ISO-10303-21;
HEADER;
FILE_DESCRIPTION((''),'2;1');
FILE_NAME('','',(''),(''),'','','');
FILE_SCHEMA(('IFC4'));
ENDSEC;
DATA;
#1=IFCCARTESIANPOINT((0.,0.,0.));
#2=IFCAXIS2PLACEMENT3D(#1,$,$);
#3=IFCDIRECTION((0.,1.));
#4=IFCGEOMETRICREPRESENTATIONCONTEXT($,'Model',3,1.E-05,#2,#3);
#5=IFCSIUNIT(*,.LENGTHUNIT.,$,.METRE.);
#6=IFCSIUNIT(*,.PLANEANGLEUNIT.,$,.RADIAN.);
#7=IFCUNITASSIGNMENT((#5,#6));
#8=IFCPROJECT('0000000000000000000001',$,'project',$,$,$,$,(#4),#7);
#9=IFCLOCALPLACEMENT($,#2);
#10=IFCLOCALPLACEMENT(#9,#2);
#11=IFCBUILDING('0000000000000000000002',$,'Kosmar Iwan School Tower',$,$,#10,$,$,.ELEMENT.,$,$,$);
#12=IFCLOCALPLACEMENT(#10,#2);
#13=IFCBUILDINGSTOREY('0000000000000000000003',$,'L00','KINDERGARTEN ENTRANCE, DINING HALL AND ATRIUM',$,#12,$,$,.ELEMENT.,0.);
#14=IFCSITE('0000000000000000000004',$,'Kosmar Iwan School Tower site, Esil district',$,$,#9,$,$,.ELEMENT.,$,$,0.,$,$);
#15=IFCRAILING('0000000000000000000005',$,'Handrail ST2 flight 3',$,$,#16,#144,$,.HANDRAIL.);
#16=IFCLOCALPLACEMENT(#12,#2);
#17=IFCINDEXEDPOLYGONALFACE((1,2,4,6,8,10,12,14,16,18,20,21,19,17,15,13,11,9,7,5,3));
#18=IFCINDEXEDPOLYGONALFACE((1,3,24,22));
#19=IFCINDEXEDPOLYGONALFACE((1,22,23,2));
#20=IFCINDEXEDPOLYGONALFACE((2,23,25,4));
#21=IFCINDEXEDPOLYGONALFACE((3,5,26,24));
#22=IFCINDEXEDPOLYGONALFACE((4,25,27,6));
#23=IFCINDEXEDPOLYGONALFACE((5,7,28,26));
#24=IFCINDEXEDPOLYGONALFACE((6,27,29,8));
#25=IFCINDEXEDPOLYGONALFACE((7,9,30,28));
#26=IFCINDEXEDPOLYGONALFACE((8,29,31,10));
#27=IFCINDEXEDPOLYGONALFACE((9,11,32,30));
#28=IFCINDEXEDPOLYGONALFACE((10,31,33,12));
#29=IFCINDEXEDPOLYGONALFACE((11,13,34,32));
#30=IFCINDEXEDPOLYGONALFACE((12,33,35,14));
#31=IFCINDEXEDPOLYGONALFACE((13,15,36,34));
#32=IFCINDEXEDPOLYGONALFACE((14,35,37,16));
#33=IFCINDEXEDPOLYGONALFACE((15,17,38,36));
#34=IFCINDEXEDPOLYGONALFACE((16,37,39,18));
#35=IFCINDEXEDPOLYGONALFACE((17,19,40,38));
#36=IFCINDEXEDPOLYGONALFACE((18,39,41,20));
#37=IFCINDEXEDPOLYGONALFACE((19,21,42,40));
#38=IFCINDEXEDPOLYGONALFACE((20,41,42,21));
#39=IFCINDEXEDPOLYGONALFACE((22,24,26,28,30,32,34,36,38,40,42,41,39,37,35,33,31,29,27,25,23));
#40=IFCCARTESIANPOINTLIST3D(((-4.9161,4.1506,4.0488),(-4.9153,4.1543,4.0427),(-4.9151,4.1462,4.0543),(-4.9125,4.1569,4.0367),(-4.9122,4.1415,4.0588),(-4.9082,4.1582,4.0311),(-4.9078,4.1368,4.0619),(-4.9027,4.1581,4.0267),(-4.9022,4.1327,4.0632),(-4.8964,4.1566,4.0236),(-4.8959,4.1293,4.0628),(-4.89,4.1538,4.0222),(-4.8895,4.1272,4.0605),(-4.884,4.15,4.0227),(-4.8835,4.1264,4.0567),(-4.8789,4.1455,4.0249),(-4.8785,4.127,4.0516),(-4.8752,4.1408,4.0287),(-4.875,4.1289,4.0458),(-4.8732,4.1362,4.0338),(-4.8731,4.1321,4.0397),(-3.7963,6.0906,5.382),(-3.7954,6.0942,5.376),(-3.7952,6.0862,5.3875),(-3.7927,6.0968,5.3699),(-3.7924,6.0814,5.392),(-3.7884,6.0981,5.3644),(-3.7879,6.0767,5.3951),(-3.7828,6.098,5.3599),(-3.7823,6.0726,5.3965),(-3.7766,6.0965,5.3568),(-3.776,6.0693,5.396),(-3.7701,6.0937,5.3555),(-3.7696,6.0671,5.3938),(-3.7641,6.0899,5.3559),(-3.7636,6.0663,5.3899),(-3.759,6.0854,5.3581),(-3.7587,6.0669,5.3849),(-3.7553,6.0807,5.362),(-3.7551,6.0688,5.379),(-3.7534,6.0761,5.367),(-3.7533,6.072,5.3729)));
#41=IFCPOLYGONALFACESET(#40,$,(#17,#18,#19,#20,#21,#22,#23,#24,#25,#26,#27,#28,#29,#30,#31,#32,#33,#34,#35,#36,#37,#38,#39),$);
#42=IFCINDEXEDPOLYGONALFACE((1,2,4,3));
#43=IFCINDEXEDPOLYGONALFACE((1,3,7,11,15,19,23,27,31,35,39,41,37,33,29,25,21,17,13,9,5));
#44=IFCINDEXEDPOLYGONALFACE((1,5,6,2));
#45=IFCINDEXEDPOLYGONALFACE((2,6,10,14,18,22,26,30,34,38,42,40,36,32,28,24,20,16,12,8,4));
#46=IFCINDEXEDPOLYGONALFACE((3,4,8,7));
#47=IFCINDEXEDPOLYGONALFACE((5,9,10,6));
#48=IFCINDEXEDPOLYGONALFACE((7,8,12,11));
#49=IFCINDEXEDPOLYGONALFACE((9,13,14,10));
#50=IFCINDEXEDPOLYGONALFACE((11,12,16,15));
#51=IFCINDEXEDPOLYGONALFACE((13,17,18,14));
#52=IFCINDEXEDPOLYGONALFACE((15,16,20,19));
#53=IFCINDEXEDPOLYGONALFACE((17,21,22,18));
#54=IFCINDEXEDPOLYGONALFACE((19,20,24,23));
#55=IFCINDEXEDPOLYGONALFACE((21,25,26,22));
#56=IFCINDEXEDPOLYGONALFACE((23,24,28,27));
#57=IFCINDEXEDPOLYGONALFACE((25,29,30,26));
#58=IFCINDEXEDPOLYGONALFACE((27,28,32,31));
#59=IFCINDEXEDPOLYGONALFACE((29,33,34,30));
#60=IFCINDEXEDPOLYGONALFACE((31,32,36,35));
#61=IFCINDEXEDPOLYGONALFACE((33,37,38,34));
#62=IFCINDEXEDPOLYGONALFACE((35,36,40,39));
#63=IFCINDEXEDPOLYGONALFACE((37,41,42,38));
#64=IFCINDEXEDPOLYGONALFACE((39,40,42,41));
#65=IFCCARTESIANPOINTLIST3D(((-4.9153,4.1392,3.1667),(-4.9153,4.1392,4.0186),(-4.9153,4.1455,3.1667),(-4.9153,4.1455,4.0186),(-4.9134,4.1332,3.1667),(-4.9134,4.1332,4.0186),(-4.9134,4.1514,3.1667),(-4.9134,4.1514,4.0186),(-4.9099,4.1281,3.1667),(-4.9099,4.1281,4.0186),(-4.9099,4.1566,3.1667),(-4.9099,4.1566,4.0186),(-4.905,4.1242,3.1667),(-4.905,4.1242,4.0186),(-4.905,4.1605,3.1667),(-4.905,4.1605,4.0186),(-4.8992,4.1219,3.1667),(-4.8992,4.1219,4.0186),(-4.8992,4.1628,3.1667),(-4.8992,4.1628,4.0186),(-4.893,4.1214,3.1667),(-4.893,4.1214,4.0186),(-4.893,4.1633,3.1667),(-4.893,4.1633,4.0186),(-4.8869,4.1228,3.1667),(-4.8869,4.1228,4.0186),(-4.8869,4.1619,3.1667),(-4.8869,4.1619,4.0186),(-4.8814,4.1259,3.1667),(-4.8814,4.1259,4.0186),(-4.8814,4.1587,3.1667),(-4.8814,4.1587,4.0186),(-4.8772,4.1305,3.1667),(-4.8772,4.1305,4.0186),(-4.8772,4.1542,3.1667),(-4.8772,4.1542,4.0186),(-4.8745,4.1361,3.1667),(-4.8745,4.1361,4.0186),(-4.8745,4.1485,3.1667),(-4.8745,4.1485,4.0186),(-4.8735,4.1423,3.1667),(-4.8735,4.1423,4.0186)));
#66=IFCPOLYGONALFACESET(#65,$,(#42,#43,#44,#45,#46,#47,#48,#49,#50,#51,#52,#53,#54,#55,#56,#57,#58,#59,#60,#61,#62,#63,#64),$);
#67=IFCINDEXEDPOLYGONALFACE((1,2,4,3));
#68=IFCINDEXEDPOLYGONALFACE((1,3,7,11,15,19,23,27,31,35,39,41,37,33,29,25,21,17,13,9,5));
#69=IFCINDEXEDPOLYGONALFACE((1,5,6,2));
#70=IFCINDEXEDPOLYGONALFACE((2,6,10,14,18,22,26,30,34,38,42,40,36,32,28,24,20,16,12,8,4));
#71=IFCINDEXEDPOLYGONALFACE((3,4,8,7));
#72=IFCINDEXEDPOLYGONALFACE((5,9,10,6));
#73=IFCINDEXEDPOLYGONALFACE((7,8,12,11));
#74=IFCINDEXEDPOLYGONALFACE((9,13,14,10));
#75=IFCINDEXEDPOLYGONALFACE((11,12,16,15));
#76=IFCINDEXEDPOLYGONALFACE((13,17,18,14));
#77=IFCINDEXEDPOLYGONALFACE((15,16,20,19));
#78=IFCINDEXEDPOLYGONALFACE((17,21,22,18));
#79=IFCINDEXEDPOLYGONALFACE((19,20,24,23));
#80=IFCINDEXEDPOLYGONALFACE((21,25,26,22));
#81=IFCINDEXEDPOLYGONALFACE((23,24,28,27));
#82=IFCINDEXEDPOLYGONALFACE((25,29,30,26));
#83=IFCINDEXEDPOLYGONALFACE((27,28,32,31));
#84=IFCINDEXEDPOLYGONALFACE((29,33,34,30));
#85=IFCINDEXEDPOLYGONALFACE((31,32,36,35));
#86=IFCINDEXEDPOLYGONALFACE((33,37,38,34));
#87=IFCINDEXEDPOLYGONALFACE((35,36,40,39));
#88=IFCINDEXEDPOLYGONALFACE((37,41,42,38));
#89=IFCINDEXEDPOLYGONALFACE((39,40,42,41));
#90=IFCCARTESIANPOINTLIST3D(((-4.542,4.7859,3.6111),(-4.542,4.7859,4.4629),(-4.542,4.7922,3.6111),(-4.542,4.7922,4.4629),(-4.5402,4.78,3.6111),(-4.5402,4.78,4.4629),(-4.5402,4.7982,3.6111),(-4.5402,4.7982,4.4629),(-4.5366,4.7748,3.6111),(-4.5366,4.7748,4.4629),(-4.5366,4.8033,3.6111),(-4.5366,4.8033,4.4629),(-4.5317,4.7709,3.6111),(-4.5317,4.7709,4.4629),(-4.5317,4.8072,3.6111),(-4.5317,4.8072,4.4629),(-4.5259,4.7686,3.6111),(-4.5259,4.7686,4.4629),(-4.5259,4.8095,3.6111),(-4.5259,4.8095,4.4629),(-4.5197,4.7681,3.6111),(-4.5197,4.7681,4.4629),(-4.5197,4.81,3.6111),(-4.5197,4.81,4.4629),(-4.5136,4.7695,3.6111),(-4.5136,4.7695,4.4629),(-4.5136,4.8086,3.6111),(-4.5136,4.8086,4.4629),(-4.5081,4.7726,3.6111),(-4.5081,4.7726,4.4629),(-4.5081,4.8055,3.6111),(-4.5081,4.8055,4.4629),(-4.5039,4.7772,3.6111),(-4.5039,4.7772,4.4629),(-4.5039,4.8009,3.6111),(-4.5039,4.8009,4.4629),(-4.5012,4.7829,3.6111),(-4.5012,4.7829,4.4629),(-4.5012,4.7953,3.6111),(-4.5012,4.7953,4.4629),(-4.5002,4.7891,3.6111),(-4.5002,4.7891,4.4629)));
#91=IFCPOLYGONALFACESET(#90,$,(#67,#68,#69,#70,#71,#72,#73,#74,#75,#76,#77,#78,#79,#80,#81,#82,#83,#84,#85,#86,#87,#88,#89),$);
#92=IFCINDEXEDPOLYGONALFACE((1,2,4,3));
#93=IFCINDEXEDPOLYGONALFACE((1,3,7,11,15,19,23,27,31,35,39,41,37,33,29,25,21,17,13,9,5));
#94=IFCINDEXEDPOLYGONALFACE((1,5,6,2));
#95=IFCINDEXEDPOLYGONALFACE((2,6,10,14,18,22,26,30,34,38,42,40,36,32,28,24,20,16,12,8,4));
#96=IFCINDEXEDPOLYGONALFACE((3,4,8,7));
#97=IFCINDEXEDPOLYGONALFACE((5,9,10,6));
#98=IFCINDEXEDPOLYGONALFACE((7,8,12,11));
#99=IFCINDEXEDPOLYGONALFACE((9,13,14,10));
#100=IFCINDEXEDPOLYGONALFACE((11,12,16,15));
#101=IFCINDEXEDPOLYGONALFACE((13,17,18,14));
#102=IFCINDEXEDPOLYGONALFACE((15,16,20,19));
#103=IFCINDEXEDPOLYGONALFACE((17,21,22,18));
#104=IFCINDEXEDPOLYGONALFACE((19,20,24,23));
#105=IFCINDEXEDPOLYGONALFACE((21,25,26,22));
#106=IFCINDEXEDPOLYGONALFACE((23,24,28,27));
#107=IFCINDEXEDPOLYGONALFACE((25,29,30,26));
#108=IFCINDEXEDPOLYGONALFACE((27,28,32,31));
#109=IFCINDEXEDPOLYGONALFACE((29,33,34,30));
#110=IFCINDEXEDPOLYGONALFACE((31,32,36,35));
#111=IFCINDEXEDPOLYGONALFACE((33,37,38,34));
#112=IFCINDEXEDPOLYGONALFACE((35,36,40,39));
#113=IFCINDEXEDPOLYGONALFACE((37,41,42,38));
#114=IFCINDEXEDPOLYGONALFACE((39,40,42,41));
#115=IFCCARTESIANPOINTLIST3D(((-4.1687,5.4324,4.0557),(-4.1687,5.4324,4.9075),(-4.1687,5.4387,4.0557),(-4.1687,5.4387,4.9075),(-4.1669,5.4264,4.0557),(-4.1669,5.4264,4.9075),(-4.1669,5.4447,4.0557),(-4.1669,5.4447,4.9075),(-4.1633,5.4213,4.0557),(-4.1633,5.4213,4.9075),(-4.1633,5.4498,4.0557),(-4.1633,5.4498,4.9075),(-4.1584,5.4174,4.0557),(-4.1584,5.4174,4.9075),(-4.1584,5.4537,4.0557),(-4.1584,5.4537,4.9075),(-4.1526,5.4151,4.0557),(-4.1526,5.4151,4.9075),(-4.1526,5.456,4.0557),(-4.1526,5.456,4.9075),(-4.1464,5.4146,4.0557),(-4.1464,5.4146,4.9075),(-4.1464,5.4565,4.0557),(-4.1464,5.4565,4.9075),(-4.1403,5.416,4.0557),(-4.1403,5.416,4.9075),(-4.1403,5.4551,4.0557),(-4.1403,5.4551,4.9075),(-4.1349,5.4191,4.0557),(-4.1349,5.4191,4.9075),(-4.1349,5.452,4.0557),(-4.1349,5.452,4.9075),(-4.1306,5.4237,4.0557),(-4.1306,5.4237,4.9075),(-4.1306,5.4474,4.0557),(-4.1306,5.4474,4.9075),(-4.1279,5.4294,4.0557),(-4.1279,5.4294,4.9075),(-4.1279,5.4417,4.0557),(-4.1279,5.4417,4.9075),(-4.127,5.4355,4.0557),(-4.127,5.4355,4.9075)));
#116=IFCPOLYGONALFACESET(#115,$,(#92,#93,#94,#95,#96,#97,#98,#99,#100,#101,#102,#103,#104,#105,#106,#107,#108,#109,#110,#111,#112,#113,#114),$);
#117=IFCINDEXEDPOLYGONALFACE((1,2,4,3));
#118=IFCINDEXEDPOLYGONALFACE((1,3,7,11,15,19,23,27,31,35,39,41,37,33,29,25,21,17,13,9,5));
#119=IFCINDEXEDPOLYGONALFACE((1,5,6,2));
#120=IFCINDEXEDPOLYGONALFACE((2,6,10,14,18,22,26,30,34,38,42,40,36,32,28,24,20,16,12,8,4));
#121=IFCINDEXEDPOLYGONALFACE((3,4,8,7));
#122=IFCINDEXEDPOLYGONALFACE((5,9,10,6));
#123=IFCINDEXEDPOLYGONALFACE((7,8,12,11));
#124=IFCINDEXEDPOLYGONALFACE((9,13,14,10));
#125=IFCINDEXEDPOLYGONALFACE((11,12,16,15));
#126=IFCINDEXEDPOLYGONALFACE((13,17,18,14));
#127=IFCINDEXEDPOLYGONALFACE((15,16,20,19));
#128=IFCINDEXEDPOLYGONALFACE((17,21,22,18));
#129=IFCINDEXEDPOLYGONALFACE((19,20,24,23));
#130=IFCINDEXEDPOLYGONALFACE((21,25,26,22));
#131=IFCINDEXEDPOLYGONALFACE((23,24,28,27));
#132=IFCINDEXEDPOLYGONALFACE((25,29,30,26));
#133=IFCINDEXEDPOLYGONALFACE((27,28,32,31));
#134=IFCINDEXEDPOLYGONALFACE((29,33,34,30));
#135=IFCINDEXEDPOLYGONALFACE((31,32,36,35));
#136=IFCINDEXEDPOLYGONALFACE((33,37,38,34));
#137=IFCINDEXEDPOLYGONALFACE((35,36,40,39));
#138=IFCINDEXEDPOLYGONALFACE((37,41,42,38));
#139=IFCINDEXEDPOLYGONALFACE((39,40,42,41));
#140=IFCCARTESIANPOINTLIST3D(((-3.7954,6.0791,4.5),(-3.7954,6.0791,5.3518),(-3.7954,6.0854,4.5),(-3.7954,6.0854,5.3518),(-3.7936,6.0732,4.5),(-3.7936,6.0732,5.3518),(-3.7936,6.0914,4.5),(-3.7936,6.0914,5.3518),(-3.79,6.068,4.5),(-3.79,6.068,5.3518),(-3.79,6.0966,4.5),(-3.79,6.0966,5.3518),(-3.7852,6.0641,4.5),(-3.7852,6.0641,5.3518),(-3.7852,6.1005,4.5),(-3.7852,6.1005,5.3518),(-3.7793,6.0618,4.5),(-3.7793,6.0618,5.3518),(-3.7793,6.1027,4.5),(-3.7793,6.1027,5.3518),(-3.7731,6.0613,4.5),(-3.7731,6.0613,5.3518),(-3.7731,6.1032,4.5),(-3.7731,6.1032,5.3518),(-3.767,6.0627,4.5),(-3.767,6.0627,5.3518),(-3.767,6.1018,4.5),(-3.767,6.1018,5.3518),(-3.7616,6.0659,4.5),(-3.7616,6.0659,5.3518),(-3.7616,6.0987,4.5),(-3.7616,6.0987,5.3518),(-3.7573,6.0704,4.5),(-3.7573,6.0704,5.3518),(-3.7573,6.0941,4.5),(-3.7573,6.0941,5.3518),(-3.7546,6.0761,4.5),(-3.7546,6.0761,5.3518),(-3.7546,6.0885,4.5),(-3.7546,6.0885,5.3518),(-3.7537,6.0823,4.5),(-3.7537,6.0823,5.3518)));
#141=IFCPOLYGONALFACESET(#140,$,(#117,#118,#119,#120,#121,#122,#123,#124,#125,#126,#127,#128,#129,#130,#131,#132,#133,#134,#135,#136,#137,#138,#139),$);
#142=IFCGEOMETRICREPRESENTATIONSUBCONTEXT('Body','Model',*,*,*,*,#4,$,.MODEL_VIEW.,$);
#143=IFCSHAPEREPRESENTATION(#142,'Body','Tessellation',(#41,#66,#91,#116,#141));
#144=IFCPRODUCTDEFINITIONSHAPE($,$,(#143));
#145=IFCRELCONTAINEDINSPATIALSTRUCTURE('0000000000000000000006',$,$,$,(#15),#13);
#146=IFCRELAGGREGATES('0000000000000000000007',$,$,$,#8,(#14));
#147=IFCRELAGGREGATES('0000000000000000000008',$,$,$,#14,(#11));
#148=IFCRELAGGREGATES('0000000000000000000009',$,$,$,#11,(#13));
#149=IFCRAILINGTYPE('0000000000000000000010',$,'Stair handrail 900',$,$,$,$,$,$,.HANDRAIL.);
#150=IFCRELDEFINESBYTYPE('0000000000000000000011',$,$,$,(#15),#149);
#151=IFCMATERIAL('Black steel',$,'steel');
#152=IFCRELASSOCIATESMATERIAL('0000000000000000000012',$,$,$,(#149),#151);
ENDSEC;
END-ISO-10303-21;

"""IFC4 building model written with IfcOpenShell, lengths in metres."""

from ifc_helpers import new_model, si_unit, direction, frame, origin, origin_2d, place, context, subcontext, project, spatial, circle, extrude, material, type_object, element, save


model = new_model("IFC4")

# Units and contexts
model_context = context("Model", 3, precision=1e-05, world=origin(), true_north=direction((0.0, 1.0)))
body_context = subcontext(model_context, "Body", "Model", "MODEL_VIEW")
ifc_project = project(units=[si_unit("LENGTHUNIT", "METRE"), si_unit("PLANEANGLEUNIT", "RADIAN")], contexts=[model_context])

# Site, building, storey
site_placement = place(None, origin())
site = spatial("IfcSite", under=ifc_project, at=site_placement, Name="Kosmar Iwan School Tower site, Esil district", CompositionType="ELEMENT", RefElevation=0.0)
building_placement = place(site_placement, origin())
building = spatial("IfcBuilding", under=site, at=building_placement, Name="Kosmar Iwan School Tower", CompositionType="ELEMENT")
storey_placement = place(building_placement, origin())
storey = spatial("IfcBuildingStorey", under=building, at=storey_placement, Name="L00", Description="KINDERGARTEN ENTRANCE, DINING HALL AND ATRIUM", CompositionType="ELEMENT", Elevation=0.0)

# Railing
ifc_material_1 = material(Name="Black steel", Category="steel")
railing_type = type_object("IfcRailingType", Name="Stair handrail 900", PredefinedType="HANDRAIL", material=ifc_material_1)
for number, where, name in (
    (1, (-4.8945, 4.1423, 3.1667), "Handrail ST2 flight 3"),
):
    element("IfcRailing", number, at=place(storey_placement, frame(where)), inside=storey, type_object=railing_type, Name=name, PredefinedType="HANDRAIL", context=body_context, shape_type="SweptSolid", body=[
        extrude(circle(Radius=0.0239, at=origin_2d()), frame((0.0, 0.0, 0.876), z_axis=(0.429608, 0.744205, 0.511465), x_axis=(-0.866055, 0.499949, 0.0)), (0.0, 0.0, 1.0), 2.6067),
        extrude(circle(Radius=0.021, at=origin_2d()), origin(), (0.0, 0.0, 1.0), 0.8518),
        extrude(circle(Radius=0.021, at=origin_2d()), frame((0.3733, 0.6467, 0.4443)), (0.0, 0.0, 1.0), 0.8518),
        extrude(circle(Radius=0.021, at=origin_2d()), frame((0.7466, 1.2932, 0.8889)), (0.0, 0.0, 1.0), 0.8518),
        extrude(circle(Radius=0.021, at=origin_2d()), frame((1.1199, 1.9399, 1.3333)), (0.0, 0.0, 1.0), 0.8518),
    ])

save(model, "model.ifc")
